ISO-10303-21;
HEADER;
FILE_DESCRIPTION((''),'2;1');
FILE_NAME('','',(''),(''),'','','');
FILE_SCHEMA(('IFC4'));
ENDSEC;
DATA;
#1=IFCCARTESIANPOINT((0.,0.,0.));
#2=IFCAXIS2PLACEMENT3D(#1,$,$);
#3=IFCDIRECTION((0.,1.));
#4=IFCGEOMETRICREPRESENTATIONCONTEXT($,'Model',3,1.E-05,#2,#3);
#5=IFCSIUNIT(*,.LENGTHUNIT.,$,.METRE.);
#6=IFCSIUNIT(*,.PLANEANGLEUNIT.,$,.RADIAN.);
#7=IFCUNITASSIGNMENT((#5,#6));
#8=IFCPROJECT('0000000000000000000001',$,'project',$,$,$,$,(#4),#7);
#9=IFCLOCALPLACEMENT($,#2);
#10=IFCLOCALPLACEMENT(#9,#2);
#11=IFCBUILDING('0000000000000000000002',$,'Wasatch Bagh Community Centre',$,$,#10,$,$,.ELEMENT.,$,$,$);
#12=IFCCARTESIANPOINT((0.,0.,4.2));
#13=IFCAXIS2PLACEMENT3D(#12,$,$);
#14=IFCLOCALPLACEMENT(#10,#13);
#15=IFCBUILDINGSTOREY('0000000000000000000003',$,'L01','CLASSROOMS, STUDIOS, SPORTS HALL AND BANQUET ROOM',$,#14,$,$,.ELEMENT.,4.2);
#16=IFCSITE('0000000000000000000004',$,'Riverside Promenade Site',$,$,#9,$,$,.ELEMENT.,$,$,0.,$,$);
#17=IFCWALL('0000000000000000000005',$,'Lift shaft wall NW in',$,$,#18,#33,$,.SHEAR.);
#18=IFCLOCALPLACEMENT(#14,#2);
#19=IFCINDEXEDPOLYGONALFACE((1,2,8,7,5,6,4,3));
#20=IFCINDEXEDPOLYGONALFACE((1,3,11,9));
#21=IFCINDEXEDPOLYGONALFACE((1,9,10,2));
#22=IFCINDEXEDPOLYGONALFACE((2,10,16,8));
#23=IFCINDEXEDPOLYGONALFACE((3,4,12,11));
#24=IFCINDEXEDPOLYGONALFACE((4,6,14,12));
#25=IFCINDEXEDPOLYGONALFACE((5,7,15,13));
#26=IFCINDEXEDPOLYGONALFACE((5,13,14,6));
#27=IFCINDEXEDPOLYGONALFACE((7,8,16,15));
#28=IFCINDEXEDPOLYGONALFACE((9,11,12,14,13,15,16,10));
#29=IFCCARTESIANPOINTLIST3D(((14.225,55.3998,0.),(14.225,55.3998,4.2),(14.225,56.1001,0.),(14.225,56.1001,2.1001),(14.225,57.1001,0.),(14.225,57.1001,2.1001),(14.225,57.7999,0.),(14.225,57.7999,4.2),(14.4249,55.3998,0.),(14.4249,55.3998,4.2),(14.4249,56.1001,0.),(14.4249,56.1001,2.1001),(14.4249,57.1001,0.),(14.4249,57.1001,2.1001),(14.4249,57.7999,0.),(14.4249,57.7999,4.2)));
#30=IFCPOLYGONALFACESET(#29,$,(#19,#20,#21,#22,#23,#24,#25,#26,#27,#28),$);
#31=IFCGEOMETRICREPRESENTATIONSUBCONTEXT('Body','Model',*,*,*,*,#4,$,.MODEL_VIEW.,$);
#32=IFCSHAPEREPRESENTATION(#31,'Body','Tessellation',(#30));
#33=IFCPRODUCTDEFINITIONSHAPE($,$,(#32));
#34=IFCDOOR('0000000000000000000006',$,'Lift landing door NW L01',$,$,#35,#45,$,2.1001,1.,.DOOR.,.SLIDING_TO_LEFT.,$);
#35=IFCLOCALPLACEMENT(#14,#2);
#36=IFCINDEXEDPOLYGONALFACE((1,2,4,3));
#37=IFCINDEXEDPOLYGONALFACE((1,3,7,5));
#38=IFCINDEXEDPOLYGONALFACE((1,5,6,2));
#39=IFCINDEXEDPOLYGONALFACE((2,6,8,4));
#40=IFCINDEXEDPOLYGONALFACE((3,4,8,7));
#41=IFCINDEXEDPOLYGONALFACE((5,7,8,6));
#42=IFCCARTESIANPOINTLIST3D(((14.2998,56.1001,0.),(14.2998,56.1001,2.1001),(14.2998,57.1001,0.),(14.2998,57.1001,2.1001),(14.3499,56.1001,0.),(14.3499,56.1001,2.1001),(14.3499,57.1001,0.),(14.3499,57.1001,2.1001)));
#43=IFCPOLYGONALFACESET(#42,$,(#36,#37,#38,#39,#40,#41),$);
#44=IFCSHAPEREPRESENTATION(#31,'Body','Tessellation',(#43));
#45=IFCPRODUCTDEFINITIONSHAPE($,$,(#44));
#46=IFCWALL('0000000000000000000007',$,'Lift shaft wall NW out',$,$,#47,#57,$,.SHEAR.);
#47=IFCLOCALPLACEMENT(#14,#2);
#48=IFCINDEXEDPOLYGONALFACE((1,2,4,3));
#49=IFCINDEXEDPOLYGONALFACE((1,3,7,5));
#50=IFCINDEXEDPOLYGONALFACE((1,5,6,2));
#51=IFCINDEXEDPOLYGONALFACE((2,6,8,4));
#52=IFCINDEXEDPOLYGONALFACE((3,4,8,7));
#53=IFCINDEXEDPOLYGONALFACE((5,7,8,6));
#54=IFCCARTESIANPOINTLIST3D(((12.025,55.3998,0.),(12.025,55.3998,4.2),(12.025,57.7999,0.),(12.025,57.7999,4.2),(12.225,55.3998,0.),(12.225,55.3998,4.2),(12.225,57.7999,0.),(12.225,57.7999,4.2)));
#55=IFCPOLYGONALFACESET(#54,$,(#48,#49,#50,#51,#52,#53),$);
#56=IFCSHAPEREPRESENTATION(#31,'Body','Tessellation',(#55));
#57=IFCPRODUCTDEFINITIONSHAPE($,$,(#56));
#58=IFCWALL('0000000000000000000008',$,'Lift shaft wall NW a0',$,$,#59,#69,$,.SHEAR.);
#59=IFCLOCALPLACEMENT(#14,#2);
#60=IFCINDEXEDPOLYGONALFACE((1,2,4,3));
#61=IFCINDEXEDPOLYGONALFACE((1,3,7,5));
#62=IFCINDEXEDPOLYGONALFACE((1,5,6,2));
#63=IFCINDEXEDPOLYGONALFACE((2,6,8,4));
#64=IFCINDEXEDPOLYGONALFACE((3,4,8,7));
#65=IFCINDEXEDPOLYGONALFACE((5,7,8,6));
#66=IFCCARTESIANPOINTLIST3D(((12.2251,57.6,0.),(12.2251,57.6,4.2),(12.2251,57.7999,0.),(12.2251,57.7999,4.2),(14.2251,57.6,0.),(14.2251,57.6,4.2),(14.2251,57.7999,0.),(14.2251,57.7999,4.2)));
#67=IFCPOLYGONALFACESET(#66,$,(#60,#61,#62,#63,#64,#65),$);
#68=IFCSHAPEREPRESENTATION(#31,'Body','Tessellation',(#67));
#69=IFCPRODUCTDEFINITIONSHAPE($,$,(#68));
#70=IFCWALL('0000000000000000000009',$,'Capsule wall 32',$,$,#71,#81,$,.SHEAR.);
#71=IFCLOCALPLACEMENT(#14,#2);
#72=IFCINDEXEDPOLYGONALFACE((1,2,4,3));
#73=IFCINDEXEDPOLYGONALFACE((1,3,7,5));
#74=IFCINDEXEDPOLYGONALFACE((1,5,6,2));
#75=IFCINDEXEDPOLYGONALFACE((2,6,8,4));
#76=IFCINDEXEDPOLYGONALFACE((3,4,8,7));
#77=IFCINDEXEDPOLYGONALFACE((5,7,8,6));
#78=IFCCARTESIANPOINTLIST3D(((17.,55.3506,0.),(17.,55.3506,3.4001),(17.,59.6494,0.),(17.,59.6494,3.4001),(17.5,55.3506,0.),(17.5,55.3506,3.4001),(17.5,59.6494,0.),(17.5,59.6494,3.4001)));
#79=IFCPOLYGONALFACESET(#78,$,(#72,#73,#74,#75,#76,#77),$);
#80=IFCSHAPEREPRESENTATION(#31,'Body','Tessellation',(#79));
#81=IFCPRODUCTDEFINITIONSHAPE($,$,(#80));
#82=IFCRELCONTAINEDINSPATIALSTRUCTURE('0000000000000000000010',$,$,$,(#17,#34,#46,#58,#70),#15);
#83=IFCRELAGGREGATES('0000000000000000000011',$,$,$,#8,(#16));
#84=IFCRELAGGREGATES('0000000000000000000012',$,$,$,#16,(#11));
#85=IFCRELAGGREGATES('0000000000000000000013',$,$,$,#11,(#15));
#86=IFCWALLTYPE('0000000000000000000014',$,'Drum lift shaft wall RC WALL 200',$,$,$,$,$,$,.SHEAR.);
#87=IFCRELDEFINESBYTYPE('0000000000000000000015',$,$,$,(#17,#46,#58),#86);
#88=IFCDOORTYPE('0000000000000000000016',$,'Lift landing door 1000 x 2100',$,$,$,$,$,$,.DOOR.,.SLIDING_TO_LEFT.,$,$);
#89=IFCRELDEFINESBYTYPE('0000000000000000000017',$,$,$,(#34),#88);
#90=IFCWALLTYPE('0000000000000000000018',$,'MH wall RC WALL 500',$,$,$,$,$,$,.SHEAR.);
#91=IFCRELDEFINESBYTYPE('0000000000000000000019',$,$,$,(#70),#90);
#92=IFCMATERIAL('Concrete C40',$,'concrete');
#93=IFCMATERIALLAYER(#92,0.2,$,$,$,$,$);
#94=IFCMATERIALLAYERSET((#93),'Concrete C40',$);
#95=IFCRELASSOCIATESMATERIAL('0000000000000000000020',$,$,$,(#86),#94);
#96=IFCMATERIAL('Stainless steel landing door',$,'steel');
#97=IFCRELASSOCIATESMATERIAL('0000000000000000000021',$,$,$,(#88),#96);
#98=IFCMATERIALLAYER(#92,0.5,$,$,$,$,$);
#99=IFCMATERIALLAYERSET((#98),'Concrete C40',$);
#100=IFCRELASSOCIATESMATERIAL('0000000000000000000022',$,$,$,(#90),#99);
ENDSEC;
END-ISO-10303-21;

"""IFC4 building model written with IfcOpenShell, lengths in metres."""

from ifc_helpers import new_model, si_unit, direction, frame, frame_2d, origin, place, context, subcontext, project, spatial, rectangle, extrude, material, layer, layer_set, type_object, element, fill, save


model = new_model("IFC4")

# Units and contexts
model_context = context("Model", 3, precision=1e-05, world=origin(), true_north=direction((0.0, 1.0)))
body_context = subcontext(model_context, "Body", "Model", "MODEL_VIEW")
ifc_project = project(units=[si_unit("LENGTHUNIT", "METRE"), si_unit("PLANEANGLEUNIT", "RADIAN")], contexts=[model_context])

# Site, building, storey
site_placement = place(None, origin())
site = spatial("IfcSite", under=ifc_project, at=site_placement, Name="Riverside Promenade Site", CompositionType="ELEMENT", RefElevation=0.0)
building_placement = place(site_placement, origin())
building = spatial("IfcBuilding", under=site, at=building_placement, Name="Wasatch Bagh Community Centre", CompositionType="ELEMENT")
storey_placement = place(building_placement, frame((0.0, 0.0, 4.2)))
storey = spatial("IfcBuildingStorey", under=building, at=storey_placement, Name="L01", Description="CLASSROOMS, STUDIOS, SPORTS HALL AND BANQUET ROOM", CompositionType="ELEMENT", Elevation=4.2)

# Shared definitions
ifc_material_1 = material(Name="Concrete C40", Category="concrete")

# Wall, opening, door
ifc_layer_1 = layer(ifc_material_1, 0.2)
ifc_layer_set_1 = layer_set([ifc_layer_1], Name="Concrete C40")
wall_type_1 = type_object("IfcWallType", Name="Drum lift shaft wall RC WALL 200", PredefinedType="SHEAR", material=ifc_layer_set_1)
wall_1_placement = place(storey_placement, frame((14.325, 57.8, 0.0), z_axis=(0.0, 0.0, 1.0), x_axis=(0.0, -1.0, 0.0)))
wall_1 = element("IfcWall", 1, at=wall_1_placement, inside=storey, type_object=wall_type_1, Name="Lift shaft wall NW in", PredefinedType="SHEAR", context=body_context, shape_type="SweptSolid", body=[
    extrude(rectangle(XDim=2.4001, YDim=0.2, at=frame_2d((1.2002, 0.0))), origin(), (0.0, 0.0, 1.0), 4.2),
])
opening_placement = place(wall_1_placement, frame((0.7, 0.0, 0.0)))
opening = element("IfcOpeningElement", 2, at=opening_placement, cuts=wall_1, PredefinedType="OPENING", context=body_context, shape_type="SweptSolid", body=[
    extrude(rectangle(XDim=1.0, YDim=2.1001, at=frame_2d((0.5, 1.05))), frame((0.0, 0.1099, 0.0), z_axis=(0.0, -1.0, 0.0), x_axis=(1.0, 0.0, 0.0)), (0.0, 0.0, 1.0), 0.22),
])
ifc_material_2 = material(Name="Stainless steel landing door", Category="steel")
door_type = type_object("IfcDoorType", Name="Lift landing door 1000 x 2100", OperationType="SLIDING_TO_LEFT", PredefinedType="DOOR", material=ifc_material_2)
door_placement = place(opening_placement, origin())
door = element("IfcDoor", 3, at=door_placement, inside=storey, type_object=door_type, Name="Lift landing door NW L01", OperationType="SLIDING_TO_LEFT", OverallHeight=2.1001, OverallWidth=1.0, PredefinedType="DOOR", context=body_context, shape_type="SweptSolid", body=[
    extrude(rectangle(XDim=1.0, YDim=2.1001, at=frame_2d((0.5, 1.05))), frame((0.0, 0.0249, 0.0), z_axis=(0.0, -1.0, 0.0), x_axis=(1.0, 0.0, 0.0)), (0.0, 0.0, 1.0), 0.05),
])
fill(opening, door)

# Walls
wall_2_placement = place(storey_placement, frame((12.125, 57.8, 0.0), z_axis=(0.0, 0.0, 1.0), x_axis=(0.0, -1.0, 0.0)))
element("IfcWall", 4, at=wall_2_placement, inside=storey, type_object=wall_type_1, Name="Lift shaft wall NW out", PredefinedType="SHEAR", context=body_context, shape_type="SweptSolid", body=[
    extrude(rectangle(XDim=2.4001, YDim=0.2, at=frame_2d((1.2002, 0.0))), origin(), (0.0, 0.0, 1.0), 4.2),
])
wall_3_placement = place(storey_placement, frame((14.2251, 57.7, 0.0), z_axis=(0.0, 0.0, 1.0), x_axis=(-1.0, 0.0, 0.0)))
element("IfcWall", 5, at=wall_3_placement, inside=storey, type_object=wall_type_1, Name="Lift shaft wall NW a0", PredefinedType="SHEAR", context=body_context, shape_type="SweptSolid", body=[
    extrude(rectangle(XDim=2.0, YDim=0.2, at=frame_2d((1.0, 0.0))), origin(), (0.0, 0.0, 1.0), 4.2),
])
ifc_layer_2 = layer(ifc_material_1, 0.5)
ifc_layer_set_2 = layer_set([ifc_layer_2], Name="Concrete C40")
wall_type_2 = type_object("IfcWallType", Name="MH wall RC WALL 500", PredefinedType="SHEAR", material=ifc_layer_set_2)
wall_4_placement = place(storey_placement, frame((17.25, 59.6494, 0.0), z_axis=(0.0, 0.0, 1.0), x_axis=(0.0, -1.0, 0.0)))
element("IfcWall", 6, at=wall_4_placement, inside=storey, type_object=wall_type_2, Name="Capsule wall 32", PredefinedType="SHEAR", context=body_context, shape_type="SweptSolid", body=[
    extrude(rectangle(XDim=4.2988, YDim=0.5, at=frame_2d((2.1494, 0.0))), origin(), (0.0, 0.0, 1.0), 3.4001),
])

save(model, "model.ifc")
